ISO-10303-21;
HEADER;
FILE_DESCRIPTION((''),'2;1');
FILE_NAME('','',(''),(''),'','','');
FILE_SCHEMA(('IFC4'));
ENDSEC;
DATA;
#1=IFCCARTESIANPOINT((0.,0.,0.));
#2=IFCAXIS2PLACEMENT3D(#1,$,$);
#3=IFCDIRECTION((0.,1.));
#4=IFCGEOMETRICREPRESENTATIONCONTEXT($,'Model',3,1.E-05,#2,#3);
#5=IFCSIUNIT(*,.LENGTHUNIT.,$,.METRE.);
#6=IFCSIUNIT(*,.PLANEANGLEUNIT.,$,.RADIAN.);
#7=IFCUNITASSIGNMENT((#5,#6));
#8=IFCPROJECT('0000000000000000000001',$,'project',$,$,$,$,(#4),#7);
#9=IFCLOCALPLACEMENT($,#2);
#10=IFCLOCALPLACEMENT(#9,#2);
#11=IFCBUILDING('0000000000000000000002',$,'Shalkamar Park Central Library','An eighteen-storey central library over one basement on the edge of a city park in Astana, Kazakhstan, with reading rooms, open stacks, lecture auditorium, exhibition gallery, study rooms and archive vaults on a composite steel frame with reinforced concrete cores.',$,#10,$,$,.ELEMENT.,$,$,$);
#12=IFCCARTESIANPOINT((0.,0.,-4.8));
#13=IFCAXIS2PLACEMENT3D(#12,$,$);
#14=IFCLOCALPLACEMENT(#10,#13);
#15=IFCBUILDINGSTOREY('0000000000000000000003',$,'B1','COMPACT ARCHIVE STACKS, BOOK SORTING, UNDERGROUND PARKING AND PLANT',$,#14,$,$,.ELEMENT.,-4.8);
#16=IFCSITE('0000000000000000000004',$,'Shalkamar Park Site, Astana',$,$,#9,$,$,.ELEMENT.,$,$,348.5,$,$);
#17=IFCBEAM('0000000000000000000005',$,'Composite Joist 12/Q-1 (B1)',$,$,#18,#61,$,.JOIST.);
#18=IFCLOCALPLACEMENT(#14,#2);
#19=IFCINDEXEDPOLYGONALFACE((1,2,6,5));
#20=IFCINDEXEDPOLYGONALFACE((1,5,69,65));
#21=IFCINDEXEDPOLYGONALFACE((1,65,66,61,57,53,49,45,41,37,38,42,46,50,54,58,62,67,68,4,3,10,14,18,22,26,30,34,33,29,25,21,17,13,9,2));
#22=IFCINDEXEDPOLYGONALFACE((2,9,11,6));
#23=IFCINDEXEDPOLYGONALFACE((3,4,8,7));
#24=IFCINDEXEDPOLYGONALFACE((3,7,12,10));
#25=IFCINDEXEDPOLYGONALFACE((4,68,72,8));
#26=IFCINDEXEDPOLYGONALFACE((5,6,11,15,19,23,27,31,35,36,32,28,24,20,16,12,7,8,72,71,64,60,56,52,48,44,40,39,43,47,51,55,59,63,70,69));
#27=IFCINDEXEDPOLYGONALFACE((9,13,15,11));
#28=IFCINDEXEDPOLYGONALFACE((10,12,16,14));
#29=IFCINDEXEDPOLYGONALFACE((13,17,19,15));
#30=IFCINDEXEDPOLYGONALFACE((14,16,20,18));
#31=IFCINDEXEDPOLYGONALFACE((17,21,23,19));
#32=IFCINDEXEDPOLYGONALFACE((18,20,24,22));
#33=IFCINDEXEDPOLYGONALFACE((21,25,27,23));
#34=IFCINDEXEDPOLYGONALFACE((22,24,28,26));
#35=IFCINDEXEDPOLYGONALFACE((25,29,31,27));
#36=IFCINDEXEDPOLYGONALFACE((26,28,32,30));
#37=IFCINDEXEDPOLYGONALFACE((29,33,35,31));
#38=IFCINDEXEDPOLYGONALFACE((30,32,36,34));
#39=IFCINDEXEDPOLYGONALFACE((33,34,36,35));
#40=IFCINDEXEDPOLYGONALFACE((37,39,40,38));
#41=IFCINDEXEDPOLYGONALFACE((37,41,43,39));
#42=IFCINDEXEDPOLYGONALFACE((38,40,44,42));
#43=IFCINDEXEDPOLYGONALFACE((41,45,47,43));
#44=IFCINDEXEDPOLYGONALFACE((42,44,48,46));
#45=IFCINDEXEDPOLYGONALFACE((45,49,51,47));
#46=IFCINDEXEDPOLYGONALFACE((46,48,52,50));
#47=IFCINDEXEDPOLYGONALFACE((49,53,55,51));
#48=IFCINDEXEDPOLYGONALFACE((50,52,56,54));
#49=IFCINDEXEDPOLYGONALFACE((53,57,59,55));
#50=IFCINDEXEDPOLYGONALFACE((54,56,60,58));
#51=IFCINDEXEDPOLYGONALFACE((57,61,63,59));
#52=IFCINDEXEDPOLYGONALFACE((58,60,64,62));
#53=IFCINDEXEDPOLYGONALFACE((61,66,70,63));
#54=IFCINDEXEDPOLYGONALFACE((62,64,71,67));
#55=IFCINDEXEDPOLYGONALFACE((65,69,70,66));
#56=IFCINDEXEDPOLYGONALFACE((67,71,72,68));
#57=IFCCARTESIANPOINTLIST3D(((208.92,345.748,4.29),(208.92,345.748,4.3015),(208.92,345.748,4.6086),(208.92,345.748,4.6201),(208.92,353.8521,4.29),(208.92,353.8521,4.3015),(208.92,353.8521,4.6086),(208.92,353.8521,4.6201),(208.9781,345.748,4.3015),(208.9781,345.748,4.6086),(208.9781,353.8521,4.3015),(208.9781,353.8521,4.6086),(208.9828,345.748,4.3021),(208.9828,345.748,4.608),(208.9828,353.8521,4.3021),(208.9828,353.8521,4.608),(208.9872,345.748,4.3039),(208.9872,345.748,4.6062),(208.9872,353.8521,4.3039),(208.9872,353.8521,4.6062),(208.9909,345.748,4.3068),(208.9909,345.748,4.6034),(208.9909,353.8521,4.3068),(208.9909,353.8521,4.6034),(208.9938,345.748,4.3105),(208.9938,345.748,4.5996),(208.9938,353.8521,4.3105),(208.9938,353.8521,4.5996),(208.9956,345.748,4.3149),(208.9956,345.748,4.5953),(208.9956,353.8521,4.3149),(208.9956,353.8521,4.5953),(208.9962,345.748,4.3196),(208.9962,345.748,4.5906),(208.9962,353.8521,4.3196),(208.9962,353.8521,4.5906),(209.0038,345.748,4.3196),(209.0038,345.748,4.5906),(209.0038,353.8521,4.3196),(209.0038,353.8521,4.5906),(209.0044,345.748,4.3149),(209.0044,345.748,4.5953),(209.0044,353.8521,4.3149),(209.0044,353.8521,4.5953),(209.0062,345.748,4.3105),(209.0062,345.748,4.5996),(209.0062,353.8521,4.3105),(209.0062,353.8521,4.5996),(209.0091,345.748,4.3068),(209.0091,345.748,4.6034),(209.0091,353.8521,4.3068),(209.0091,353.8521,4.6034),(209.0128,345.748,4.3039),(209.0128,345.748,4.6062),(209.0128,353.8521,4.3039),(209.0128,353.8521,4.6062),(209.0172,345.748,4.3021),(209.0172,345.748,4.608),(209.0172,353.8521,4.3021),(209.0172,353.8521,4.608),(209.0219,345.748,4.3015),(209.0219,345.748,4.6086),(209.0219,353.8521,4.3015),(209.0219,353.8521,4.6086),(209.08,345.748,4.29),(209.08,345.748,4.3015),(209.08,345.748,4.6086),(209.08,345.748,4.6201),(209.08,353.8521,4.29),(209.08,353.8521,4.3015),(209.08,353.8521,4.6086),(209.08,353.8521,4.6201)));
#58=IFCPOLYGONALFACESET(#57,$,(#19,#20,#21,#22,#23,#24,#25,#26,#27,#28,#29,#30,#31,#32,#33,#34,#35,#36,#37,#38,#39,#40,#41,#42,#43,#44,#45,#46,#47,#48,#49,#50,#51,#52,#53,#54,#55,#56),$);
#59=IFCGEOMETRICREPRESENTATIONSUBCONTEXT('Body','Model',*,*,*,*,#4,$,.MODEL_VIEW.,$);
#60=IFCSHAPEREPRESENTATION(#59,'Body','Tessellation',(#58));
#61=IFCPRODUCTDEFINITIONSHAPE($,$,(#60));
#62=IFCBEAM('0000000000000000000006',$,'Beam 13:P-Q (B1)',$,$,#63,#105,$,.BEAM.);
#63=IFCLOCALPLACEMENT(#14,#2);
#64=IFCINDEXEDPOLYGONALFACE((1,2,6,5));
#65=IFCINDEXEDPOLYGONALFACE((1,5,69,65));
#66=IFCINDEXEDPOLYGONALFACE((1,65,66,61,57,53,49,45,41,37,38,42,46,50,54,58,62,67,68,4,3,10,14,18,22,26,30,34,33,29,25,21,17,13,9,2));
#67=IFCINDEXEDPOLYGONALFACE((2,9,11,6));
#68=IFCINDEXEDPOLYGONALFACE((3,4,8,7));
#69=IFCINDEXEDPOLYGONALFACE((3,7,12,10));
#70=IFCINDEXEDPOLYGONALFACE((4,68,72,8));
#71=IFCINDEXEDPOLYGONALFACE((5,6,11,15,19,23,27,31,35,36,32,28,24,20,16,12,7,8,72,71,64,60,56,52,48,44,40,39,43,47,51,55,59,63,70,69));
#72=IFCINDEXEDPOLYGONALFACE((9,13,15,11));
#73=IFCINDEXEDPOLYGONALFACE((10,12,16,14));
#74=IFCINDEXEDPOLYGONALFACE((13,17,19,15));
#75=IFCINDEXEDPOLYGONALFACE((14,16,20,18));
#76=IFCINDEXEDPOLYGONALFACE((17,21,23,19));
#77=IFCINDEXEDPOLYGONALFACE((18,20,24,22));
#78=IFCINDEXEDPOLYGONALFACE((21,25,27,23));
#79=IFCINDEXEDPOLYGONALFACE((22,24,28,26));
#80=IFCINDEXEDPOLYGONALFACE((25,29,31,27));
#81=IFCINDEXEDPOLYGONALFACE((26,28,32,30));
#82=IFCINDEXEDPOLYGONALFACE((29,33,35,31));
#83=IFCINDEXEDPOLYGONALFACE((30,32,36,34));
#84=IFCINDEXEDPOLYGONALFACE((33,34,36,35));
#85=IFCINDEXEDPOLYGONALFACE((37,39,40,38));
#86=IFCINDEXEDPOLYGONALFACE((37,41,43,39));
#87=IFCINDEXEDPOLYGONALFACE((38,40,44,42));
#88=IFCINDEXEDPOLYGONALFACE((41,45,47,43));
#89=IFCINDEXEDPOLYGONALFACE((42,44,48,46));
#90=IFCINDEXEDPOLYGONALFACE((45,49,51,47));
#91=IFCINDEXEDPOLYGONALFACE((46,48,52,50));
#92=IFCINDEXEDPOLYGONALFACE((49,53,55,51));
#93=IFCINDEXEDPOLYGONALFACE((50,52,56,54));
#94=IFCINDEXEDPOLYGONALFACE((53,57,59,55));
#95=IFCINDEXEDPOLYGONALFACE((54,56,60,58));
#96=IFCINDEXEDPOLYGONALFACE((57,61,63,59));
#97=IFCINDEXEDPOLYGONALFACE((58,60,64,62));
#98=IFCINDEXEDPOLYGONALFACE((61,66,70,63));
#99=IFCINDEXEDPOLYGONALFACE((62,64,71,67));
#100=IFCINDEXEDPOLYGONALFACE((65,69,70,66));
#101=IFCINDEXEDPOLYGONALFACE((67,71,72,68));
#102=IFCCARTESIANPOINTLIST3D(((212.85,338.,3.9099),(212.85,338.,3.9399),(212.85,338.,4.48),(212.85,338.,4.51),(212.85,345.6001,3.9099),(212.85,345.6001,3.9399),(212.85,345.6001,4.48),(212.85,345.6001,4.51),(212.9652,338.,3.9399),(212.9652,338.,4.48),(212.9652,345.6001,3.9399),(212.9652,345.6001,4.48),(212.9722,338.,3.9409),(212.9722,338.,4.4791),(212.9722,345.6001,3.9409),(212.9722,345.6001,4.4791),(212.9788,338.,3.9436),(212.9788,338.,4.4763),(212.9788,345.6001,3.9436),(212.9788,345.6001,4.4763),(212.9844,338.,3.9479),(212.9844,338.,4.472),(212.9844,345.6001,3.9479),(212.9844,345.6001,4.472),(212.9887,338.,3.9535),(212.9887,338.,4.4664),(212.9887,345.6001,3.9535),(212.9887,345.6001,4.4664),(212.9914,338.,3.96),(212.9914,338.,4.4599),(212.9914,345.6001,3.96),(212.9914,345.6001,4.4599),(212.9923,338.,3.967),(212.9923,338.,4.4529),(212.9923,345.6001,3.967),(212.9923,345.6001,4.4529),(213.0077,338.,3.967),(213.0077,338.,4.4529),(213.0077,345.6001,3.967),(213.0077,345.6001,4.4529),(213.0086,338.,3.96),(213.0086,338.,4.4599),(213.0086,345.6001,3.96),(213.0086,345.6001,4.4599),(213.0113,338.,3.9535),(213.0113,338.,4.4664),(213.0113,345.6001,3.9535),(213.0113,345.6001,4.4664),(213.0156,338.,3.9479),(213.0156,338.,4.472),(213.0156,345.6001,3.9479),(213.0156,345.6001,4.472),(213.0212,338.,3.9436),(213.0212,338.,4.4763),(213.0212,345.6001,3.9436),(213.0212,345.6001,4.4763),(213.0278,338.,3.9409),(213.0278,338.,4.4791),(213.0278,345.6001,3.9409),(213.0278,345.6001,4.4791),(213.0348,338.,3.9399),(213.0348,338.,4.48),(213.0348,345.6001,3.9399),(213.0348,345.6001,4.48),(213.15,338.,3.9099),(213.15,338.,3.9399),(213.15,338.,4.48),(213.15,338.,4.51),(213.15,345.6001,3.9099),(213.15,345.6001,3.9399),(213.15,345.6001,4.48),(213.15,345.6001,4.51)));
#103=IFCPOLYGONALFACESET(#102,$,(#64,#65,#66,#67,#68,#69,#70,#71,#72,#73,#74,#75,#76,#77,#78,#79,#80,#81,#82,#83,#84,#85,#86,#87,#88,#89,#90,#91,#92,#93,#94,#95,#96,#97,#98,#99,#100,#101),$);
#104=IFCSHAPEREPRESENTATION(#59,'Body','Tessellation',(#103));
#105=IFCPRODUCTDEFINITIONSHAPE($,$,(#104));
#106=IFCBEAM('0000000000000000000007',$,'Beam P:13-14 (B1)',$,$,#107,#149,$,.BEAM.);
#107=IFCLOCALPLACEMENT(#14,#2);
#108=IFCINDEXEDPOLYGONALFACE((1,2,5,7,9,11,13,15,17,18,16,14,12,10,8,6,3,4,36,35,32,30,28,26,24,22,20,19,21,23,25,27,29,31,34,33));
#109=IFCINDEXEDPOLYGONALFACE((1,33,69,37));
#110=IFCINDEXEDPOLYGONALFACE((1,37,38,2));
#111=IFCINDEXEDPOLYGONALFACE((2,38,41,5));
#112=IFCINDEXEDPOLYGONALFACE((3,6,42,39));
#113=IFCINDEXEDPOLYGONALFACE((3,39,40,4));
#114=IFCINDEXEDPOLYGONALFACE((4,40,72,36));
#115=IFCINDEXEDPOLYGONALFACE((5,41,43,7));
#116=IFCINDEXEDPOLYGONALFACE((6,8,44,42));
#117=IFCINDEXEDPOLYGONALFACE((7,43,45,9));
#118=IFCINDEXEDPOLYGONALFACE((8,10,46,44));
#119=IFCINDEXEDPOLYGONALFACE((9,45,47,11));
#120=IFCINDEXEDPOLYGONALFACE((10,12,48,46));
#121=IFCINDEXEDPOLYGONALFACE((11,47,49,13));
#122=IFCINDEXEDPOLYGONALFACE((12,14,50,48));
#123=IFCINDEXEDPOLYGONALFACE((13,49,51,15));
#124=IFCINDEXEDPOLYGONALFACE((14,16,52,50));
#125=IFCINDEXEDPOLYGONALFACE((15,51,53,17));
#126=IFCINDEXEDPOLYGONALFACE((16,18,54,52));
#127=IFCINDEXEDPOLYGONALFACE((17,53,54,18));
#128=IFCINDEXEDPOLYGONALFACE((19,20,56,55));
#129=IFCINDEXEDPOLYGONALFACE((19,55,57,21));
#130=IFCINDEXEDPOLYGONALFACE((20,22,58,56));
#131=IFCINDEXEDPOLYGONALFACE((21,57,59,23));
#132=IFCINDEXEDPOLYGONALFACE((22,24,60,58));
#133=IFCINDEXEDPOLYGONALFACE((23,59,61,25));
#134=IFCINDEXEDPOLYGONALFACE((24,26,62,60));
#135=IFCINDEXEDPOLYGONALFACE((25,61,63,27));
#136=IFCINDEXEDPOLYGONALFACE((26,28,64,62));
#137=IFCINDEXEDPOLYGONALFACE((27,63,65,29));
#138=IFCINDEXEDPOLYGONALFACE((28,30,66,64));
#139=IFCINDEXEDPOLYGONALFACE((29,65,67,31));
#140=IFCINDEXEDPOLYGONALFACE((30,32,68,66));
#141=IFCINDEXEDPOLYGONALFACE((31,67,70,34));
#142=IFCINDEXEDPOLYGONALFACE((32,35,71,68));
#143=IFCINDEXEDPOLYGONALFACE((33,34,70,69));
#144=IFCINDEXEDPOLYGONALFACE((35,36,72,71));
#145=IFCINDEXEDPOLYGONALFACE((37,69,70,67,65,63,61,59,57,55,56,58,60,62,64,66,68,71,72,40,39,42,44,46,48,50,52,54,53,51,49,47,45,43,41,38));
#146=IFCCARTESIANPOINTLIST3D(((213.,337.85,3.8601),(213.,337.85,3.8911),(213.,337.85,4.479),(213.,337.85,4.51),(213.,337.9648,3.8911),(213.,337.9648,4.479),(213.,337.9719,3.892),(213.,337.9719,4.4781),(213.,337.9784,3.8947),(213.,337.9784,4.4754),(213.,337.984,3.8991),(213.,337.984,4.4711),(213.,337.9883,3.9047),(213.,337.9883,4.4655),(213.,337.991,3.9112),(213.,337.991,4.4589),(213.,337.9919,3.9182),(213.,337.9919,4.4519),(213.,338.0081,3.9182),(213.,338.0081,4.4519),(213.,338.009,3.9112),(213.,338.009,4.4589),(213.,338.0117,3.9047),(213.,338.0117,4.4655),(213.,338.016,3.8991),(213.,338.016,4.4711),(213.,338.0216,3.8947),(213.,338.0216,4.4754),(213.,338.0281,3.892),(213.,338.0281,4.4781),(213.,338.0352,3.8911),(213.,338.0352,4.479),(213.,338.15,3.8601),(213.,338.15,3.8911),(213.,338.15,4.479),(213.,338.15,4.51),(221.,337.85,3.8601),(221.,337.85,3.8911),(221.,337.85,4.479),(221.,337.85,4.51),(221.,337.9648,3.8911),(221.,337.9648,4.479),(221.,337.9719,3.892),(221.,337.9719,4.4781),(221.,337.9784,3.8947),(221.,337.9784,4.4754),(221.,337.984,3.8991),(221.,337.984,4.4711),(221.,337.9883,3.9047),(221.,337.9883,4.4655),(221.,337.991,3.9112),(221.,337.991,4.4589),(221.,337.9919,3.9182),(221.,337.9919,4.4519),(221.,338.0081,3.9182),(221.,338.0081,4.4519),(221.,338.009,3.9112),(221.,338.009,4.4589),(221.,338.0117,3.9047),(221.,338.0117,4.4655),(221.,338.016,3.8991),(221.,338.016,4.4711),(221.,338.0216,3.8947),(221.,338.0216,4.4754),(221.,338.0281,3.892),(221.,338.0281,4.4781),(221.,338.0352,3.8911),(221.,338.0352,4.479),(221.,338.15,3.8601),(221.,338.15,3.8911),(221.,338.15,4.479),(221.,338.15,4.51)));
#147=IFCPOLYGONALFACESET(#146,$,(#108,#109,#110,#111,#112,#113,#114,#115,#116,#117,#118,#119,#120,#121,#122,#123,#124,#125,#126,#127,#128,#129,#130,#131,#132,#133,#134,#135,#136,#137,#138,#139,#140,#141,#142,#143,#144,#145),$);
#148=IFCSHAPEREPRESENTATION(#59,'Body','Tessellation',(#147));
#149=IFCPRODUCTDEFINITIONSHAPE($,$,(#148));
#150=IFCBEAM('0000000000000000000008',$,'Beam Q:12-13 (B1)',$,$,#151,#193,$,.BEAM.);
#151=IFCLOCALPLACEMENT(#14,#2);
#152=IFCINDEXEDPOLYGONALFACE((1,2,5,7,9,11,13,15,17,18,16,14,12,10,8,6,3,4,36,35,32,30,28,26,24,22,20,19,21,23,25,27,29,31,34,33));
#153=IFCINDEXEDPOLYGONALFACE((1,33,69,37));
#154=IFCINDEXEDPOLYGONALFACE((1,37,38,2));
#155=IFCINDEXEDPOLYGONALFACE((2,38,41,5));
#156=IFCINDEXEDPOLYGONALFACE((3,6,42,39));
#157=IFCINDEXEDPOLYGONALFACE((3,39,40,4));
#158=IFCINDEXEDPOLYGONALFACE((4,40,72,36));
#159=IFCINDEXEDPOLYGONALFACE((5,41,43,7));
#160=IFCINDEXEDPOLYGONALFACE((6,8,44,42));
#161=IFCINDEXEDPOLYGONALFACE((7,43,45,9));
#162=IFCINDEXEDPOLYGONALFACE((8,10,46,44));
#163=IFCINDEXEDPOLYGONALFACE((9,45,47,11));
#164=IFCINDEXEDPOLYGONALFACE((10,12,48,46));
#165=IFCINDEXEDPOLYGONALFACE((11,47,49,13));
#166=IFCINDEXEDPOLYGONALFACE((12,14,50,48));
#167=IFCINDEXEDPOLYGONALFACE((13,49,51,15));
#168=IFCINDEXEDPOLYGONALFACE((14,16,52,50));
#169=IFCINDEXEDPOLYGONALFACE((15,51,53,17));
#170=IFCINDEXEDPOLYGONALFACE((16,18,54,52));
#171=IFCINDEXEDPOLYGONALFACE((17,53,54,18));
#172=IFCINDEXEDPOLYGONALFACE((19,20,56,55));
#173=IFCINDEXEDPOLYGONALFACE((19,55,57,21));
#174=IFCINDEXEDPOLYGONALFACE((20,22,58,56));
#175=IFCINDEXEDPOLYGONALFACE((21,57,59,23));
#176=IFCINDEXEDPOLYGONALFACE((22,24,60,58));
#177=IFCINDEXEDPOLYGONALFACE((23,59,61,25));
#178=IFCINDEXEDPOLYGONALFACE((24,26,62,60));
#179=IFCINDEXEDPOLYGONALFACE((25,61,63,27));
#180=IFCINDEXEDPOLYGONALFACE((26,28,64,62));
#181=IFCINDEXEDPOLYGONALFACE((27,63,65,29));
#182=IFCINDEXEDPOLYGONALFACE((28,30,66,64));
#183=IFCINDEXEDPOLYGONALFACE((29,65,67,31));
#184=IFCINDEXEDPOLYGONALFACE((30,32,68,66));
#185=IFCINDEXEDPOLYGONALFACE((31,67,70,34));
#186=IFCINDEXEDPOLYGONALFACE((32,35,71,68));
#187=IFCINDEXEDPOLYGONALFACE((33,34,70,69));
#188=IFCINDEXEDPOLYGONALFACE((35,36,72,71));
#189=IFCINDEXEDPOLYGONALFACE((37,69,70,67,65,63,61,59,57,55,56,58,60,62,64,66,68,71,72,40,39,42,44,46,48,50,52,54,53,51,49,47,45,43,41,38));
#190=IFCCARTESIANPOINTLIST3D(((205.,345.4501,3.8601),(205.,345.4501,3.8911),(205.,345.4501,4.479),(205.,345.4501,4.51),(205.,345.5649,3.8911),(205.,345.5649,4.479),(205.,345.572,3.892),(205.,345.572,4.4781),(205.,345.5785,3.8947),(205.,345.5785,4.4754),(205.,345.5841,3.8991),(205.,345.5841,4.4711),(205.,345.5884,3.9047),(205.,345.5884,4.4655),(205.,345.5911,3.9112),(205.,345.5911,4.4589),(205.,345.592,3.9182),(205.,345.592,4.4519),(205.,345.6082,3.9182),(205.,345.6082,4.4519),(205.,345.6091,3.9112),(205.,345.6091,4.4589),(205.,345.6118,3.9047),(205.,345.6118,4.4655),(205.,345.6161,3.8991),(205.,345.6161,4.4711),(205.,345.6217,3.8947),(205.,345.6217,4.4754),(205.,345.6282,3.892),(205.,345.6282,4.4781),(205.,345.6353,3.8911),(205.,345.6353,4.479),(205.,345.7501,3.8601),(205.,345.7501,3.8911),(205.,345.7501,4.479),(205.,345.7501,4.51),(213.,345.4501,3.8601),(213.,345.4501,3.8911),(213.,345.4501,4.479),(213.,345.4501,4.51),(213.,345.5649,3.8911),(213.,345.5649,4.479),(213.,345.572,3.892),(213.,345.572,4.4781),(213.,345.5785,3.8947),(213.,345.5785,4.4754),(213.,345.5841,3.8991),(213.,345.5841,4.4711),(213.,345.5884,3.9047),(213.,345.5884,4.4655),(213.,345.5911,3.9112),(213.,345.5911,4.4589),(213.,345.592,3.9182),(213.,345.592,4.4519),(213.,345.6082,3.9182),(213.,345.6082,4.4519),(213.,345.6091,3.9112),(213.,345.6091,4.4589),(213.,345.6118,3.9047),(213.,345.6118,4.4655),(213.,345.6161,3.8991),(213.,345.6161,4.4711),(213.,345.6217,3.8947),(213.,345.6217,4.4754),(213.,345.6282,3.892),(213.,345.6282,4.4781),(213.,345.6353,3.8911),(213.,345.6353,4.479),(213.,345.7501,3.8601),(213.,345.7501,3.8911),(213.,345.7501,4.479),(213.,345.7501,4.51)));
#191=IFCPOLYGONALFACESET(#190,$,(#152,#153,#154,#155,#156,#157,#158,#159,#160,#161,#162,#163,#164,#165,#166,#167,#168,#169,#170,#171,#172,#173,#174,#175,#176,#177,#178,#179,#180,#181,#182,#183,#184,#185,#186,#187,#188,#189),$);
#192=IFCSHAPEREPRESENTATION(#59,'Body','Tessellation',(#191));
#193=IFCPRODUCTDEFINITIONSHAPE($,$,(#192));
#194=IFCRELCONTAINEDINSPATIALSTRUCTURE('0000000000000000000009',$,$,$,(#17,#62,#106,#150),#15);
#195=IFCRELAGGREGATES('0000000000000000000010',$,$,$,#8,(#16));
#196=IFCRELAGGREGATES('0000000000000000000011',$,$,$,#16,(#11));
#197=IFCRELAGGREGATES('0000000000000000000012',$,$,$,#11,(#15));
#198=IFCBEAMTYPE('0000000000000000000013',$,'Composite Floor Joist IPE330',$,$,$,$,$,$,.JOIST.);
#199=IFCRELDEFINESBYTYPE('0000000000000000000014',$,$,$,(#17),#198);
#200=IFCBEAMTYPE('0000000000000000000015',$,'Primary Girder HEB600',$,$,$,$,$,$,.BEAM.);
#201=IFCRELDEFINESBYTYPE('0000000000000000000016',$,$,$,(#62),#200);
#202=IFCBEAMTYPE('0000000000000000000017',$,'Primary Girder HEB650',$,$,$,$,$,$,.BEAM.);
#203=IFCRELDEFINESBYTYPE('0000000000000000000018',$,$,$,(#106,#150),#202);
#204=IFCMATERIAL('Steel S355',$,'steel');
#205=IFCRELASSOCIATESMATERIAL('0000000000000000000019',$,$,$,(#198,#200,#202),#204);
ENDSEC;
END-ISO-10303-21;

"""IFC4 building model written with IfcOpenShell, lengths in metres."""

from ifc_helpers import new_model, si_unit, direction, frame, origin, origin_2d, place, context, subcontext, project, spatial, i_section, extrude, material, material_profile, profile_set, type_object, element, save


model = new_model("IFC4")

# Units and contexts
model_context = context("Model", 3, precision=1e-05, world=origin(), true_north=direction((0.0, 1.0)))
body_context = subcontext(model_context, "Body", "Model", "MODEL_VIEW")
ifc_project = project(units=[si_unit("LENGTHUNIT", "METRE"), si_unit("PLANEANGLEUNIT", "RADIAN")], contexts=[model_context])

# Site, building, storey
site_placement = place(None, origin())
site = spatial("IfcSite", under=ifc_project, at=site_placement, Name="Shalkamar Park Site, Astana", CompositionType="ELEMENT", RefElevation=348.5)
building_placement = place(site_placement, origin())
building = spatial("IfcBuilding", under=site, at=building_placement, Name="Shalkamar Park Central Library", Description="An eighteen-storey central library over one basement on the edge of a city park in Astana, Kazakhstan, with reading rooms, open stacks, lecture auditorium, exhibition gallery, study rooms and archive vaults on a composite steel frame with reinforced concrete cores.", CompositionType="ELEMENT")
storey_placement = place(building_placement, frame((0.0, 0.0, -4.8)))
storey = spatial("IfcBuildingStorey", under=building, at=storey_placement, Name="B1", Description="COMPACT ARCHIVE STACKS, BOOK SORTING, UNDERGROUND PARKING AND PLANT", CompositionType="ELEMENT", Elevation=-4.8)

# Shared definitions
ifc_material_1 = material(Name="Steel S355", Category="steel")

# Beams
ifc_material_profile_1 = material_profile(ifc_material_1, i_section(OverallWidth=0.1599, OverallDepth=0.3301, WebThickness=0.0076, FlangeThickness=0.0115, FilletRadius=0.0181, at=origin_2d()), Name="IPE 330")
ifc_profile_set_1 = profile_set([ifc_material_profile_1], Name="Steel S355")
beam_type_1 = type_object("IfcBeamType", Name="Composite Floor Joist IPE330", PredefinedType="JOIST", material=ifc_profile_set_1)
beam_1_placement = place(storey_placement, frame((209.0, 345.748, 4.4551), z_axis=(0.0, 1.0, 0.0), x_axis=(-1.0, 0.0, 0.0)))
element("IfcBeam", 1, at=beam_1_placement, inside=storey, type_object=beam_type_1, Name="Composite Joist 12/Q-1 (B1)", PredefinedType="JOIST", context=body_context, shape_type="SweptSolid", body=[
    extrude(i_section(OverallWidth=0.1599, OverallDepth=0.3301, WebThickness=0.0076, FlangeThickness=0.0115, FilletRadius=0.0181, at=origin_2d()), origin(), (0.0, 0.0, 1.0), 8.104),
])
ifc_material_profile_2 = material_profile(ifc_material_1, i_section(OverallWidth=0.3, OverallDepth=0.6001, WebThickness=0.0154, FlangeThickness=0.03, FilletRadius=0.0271, at=origin_2d()), Name="HEB 600")
ifc_profile_set_2 = profile_set([ifc_material_profile_2], Name="Steel S355")
beam_type_2 = type_object("IfcBeamType", Name="Primary Girder HEB600", PredefinedType="BEAM", material=ifc_profile_set_2)
beam_2_placement = place(storey_placement, frame((213.0, 338.0, 4.21), z_axis=(0.0, 1.0, 0.0), x_axis=(-1.0, 0.0, 0.0)))
element("IfcBeam", 2, at=beam_2_placement, inside=storey, type_object=beam_type_2, Name="Beam 13:P-Q (B1)", PredefinedType="BEAM", context=body_context, shape_type="SweptSolid", body=[
    extrude(i_section(OverallWidth=0.3, OverallDepth=0.6001, WebThickness=0.0154, FlangeThickness=0.03, FilletRadius=0.0271, at=origin_2d()), origin(), (0.0, 0.0, 1.0), 7.6001),
])
ifc_material_profile_3 = material_profile(ifc_material_1, i_section(OverallWidth=0.3, OverallDepth=0.6499, WebThickness=0.0161, FlangeThickness=0.031, FilletRadius=0.0271, at=origin_2d()), Name="HEB 650")
ifc_profile_set_3 = profile_set([ifc_material_profile_3], Name="Steel S355")
beam_type_3 = type_object("IfcBeamType", Name="Primary Girder HEB650", PredefinedType="BEAM", material=ifc_profile_set_3)
for number, where, z_axis, x_axis, name in (
    (3, (213.0, 338.0, 4.1851), (1.0, 0.0, 0.0), (0.0, 1.0, 0.0), "Beam P:13-14 (B1)"),
    (4, (205.0, 345.6001, 4.1851), (1.0, 0.0, 0.0), (0.0, 1.0, 0.0), "Beam Q:12-13 (B1)"),
):
    element("IfcBeam", number, at=place(storey_placement, frame(where, z_axis=z_axis, x_axis=x_axis)), inside=storey, type_object=beam_type_3, Name=name, PredefinedType="BEAM", context=body_context, shape_type="SweptSolid", body=[
        extrude(i_section(OverallWidth=0.3, OverallDepth=0.6499, WebThickness=0.0161, FlangeThickness=0.031, FilletRadius=0.0271, at=origin_2d()), origin(), (0.0, 0.0, 1.0), 8.0),
    ])

save(model, "model.ifc")
